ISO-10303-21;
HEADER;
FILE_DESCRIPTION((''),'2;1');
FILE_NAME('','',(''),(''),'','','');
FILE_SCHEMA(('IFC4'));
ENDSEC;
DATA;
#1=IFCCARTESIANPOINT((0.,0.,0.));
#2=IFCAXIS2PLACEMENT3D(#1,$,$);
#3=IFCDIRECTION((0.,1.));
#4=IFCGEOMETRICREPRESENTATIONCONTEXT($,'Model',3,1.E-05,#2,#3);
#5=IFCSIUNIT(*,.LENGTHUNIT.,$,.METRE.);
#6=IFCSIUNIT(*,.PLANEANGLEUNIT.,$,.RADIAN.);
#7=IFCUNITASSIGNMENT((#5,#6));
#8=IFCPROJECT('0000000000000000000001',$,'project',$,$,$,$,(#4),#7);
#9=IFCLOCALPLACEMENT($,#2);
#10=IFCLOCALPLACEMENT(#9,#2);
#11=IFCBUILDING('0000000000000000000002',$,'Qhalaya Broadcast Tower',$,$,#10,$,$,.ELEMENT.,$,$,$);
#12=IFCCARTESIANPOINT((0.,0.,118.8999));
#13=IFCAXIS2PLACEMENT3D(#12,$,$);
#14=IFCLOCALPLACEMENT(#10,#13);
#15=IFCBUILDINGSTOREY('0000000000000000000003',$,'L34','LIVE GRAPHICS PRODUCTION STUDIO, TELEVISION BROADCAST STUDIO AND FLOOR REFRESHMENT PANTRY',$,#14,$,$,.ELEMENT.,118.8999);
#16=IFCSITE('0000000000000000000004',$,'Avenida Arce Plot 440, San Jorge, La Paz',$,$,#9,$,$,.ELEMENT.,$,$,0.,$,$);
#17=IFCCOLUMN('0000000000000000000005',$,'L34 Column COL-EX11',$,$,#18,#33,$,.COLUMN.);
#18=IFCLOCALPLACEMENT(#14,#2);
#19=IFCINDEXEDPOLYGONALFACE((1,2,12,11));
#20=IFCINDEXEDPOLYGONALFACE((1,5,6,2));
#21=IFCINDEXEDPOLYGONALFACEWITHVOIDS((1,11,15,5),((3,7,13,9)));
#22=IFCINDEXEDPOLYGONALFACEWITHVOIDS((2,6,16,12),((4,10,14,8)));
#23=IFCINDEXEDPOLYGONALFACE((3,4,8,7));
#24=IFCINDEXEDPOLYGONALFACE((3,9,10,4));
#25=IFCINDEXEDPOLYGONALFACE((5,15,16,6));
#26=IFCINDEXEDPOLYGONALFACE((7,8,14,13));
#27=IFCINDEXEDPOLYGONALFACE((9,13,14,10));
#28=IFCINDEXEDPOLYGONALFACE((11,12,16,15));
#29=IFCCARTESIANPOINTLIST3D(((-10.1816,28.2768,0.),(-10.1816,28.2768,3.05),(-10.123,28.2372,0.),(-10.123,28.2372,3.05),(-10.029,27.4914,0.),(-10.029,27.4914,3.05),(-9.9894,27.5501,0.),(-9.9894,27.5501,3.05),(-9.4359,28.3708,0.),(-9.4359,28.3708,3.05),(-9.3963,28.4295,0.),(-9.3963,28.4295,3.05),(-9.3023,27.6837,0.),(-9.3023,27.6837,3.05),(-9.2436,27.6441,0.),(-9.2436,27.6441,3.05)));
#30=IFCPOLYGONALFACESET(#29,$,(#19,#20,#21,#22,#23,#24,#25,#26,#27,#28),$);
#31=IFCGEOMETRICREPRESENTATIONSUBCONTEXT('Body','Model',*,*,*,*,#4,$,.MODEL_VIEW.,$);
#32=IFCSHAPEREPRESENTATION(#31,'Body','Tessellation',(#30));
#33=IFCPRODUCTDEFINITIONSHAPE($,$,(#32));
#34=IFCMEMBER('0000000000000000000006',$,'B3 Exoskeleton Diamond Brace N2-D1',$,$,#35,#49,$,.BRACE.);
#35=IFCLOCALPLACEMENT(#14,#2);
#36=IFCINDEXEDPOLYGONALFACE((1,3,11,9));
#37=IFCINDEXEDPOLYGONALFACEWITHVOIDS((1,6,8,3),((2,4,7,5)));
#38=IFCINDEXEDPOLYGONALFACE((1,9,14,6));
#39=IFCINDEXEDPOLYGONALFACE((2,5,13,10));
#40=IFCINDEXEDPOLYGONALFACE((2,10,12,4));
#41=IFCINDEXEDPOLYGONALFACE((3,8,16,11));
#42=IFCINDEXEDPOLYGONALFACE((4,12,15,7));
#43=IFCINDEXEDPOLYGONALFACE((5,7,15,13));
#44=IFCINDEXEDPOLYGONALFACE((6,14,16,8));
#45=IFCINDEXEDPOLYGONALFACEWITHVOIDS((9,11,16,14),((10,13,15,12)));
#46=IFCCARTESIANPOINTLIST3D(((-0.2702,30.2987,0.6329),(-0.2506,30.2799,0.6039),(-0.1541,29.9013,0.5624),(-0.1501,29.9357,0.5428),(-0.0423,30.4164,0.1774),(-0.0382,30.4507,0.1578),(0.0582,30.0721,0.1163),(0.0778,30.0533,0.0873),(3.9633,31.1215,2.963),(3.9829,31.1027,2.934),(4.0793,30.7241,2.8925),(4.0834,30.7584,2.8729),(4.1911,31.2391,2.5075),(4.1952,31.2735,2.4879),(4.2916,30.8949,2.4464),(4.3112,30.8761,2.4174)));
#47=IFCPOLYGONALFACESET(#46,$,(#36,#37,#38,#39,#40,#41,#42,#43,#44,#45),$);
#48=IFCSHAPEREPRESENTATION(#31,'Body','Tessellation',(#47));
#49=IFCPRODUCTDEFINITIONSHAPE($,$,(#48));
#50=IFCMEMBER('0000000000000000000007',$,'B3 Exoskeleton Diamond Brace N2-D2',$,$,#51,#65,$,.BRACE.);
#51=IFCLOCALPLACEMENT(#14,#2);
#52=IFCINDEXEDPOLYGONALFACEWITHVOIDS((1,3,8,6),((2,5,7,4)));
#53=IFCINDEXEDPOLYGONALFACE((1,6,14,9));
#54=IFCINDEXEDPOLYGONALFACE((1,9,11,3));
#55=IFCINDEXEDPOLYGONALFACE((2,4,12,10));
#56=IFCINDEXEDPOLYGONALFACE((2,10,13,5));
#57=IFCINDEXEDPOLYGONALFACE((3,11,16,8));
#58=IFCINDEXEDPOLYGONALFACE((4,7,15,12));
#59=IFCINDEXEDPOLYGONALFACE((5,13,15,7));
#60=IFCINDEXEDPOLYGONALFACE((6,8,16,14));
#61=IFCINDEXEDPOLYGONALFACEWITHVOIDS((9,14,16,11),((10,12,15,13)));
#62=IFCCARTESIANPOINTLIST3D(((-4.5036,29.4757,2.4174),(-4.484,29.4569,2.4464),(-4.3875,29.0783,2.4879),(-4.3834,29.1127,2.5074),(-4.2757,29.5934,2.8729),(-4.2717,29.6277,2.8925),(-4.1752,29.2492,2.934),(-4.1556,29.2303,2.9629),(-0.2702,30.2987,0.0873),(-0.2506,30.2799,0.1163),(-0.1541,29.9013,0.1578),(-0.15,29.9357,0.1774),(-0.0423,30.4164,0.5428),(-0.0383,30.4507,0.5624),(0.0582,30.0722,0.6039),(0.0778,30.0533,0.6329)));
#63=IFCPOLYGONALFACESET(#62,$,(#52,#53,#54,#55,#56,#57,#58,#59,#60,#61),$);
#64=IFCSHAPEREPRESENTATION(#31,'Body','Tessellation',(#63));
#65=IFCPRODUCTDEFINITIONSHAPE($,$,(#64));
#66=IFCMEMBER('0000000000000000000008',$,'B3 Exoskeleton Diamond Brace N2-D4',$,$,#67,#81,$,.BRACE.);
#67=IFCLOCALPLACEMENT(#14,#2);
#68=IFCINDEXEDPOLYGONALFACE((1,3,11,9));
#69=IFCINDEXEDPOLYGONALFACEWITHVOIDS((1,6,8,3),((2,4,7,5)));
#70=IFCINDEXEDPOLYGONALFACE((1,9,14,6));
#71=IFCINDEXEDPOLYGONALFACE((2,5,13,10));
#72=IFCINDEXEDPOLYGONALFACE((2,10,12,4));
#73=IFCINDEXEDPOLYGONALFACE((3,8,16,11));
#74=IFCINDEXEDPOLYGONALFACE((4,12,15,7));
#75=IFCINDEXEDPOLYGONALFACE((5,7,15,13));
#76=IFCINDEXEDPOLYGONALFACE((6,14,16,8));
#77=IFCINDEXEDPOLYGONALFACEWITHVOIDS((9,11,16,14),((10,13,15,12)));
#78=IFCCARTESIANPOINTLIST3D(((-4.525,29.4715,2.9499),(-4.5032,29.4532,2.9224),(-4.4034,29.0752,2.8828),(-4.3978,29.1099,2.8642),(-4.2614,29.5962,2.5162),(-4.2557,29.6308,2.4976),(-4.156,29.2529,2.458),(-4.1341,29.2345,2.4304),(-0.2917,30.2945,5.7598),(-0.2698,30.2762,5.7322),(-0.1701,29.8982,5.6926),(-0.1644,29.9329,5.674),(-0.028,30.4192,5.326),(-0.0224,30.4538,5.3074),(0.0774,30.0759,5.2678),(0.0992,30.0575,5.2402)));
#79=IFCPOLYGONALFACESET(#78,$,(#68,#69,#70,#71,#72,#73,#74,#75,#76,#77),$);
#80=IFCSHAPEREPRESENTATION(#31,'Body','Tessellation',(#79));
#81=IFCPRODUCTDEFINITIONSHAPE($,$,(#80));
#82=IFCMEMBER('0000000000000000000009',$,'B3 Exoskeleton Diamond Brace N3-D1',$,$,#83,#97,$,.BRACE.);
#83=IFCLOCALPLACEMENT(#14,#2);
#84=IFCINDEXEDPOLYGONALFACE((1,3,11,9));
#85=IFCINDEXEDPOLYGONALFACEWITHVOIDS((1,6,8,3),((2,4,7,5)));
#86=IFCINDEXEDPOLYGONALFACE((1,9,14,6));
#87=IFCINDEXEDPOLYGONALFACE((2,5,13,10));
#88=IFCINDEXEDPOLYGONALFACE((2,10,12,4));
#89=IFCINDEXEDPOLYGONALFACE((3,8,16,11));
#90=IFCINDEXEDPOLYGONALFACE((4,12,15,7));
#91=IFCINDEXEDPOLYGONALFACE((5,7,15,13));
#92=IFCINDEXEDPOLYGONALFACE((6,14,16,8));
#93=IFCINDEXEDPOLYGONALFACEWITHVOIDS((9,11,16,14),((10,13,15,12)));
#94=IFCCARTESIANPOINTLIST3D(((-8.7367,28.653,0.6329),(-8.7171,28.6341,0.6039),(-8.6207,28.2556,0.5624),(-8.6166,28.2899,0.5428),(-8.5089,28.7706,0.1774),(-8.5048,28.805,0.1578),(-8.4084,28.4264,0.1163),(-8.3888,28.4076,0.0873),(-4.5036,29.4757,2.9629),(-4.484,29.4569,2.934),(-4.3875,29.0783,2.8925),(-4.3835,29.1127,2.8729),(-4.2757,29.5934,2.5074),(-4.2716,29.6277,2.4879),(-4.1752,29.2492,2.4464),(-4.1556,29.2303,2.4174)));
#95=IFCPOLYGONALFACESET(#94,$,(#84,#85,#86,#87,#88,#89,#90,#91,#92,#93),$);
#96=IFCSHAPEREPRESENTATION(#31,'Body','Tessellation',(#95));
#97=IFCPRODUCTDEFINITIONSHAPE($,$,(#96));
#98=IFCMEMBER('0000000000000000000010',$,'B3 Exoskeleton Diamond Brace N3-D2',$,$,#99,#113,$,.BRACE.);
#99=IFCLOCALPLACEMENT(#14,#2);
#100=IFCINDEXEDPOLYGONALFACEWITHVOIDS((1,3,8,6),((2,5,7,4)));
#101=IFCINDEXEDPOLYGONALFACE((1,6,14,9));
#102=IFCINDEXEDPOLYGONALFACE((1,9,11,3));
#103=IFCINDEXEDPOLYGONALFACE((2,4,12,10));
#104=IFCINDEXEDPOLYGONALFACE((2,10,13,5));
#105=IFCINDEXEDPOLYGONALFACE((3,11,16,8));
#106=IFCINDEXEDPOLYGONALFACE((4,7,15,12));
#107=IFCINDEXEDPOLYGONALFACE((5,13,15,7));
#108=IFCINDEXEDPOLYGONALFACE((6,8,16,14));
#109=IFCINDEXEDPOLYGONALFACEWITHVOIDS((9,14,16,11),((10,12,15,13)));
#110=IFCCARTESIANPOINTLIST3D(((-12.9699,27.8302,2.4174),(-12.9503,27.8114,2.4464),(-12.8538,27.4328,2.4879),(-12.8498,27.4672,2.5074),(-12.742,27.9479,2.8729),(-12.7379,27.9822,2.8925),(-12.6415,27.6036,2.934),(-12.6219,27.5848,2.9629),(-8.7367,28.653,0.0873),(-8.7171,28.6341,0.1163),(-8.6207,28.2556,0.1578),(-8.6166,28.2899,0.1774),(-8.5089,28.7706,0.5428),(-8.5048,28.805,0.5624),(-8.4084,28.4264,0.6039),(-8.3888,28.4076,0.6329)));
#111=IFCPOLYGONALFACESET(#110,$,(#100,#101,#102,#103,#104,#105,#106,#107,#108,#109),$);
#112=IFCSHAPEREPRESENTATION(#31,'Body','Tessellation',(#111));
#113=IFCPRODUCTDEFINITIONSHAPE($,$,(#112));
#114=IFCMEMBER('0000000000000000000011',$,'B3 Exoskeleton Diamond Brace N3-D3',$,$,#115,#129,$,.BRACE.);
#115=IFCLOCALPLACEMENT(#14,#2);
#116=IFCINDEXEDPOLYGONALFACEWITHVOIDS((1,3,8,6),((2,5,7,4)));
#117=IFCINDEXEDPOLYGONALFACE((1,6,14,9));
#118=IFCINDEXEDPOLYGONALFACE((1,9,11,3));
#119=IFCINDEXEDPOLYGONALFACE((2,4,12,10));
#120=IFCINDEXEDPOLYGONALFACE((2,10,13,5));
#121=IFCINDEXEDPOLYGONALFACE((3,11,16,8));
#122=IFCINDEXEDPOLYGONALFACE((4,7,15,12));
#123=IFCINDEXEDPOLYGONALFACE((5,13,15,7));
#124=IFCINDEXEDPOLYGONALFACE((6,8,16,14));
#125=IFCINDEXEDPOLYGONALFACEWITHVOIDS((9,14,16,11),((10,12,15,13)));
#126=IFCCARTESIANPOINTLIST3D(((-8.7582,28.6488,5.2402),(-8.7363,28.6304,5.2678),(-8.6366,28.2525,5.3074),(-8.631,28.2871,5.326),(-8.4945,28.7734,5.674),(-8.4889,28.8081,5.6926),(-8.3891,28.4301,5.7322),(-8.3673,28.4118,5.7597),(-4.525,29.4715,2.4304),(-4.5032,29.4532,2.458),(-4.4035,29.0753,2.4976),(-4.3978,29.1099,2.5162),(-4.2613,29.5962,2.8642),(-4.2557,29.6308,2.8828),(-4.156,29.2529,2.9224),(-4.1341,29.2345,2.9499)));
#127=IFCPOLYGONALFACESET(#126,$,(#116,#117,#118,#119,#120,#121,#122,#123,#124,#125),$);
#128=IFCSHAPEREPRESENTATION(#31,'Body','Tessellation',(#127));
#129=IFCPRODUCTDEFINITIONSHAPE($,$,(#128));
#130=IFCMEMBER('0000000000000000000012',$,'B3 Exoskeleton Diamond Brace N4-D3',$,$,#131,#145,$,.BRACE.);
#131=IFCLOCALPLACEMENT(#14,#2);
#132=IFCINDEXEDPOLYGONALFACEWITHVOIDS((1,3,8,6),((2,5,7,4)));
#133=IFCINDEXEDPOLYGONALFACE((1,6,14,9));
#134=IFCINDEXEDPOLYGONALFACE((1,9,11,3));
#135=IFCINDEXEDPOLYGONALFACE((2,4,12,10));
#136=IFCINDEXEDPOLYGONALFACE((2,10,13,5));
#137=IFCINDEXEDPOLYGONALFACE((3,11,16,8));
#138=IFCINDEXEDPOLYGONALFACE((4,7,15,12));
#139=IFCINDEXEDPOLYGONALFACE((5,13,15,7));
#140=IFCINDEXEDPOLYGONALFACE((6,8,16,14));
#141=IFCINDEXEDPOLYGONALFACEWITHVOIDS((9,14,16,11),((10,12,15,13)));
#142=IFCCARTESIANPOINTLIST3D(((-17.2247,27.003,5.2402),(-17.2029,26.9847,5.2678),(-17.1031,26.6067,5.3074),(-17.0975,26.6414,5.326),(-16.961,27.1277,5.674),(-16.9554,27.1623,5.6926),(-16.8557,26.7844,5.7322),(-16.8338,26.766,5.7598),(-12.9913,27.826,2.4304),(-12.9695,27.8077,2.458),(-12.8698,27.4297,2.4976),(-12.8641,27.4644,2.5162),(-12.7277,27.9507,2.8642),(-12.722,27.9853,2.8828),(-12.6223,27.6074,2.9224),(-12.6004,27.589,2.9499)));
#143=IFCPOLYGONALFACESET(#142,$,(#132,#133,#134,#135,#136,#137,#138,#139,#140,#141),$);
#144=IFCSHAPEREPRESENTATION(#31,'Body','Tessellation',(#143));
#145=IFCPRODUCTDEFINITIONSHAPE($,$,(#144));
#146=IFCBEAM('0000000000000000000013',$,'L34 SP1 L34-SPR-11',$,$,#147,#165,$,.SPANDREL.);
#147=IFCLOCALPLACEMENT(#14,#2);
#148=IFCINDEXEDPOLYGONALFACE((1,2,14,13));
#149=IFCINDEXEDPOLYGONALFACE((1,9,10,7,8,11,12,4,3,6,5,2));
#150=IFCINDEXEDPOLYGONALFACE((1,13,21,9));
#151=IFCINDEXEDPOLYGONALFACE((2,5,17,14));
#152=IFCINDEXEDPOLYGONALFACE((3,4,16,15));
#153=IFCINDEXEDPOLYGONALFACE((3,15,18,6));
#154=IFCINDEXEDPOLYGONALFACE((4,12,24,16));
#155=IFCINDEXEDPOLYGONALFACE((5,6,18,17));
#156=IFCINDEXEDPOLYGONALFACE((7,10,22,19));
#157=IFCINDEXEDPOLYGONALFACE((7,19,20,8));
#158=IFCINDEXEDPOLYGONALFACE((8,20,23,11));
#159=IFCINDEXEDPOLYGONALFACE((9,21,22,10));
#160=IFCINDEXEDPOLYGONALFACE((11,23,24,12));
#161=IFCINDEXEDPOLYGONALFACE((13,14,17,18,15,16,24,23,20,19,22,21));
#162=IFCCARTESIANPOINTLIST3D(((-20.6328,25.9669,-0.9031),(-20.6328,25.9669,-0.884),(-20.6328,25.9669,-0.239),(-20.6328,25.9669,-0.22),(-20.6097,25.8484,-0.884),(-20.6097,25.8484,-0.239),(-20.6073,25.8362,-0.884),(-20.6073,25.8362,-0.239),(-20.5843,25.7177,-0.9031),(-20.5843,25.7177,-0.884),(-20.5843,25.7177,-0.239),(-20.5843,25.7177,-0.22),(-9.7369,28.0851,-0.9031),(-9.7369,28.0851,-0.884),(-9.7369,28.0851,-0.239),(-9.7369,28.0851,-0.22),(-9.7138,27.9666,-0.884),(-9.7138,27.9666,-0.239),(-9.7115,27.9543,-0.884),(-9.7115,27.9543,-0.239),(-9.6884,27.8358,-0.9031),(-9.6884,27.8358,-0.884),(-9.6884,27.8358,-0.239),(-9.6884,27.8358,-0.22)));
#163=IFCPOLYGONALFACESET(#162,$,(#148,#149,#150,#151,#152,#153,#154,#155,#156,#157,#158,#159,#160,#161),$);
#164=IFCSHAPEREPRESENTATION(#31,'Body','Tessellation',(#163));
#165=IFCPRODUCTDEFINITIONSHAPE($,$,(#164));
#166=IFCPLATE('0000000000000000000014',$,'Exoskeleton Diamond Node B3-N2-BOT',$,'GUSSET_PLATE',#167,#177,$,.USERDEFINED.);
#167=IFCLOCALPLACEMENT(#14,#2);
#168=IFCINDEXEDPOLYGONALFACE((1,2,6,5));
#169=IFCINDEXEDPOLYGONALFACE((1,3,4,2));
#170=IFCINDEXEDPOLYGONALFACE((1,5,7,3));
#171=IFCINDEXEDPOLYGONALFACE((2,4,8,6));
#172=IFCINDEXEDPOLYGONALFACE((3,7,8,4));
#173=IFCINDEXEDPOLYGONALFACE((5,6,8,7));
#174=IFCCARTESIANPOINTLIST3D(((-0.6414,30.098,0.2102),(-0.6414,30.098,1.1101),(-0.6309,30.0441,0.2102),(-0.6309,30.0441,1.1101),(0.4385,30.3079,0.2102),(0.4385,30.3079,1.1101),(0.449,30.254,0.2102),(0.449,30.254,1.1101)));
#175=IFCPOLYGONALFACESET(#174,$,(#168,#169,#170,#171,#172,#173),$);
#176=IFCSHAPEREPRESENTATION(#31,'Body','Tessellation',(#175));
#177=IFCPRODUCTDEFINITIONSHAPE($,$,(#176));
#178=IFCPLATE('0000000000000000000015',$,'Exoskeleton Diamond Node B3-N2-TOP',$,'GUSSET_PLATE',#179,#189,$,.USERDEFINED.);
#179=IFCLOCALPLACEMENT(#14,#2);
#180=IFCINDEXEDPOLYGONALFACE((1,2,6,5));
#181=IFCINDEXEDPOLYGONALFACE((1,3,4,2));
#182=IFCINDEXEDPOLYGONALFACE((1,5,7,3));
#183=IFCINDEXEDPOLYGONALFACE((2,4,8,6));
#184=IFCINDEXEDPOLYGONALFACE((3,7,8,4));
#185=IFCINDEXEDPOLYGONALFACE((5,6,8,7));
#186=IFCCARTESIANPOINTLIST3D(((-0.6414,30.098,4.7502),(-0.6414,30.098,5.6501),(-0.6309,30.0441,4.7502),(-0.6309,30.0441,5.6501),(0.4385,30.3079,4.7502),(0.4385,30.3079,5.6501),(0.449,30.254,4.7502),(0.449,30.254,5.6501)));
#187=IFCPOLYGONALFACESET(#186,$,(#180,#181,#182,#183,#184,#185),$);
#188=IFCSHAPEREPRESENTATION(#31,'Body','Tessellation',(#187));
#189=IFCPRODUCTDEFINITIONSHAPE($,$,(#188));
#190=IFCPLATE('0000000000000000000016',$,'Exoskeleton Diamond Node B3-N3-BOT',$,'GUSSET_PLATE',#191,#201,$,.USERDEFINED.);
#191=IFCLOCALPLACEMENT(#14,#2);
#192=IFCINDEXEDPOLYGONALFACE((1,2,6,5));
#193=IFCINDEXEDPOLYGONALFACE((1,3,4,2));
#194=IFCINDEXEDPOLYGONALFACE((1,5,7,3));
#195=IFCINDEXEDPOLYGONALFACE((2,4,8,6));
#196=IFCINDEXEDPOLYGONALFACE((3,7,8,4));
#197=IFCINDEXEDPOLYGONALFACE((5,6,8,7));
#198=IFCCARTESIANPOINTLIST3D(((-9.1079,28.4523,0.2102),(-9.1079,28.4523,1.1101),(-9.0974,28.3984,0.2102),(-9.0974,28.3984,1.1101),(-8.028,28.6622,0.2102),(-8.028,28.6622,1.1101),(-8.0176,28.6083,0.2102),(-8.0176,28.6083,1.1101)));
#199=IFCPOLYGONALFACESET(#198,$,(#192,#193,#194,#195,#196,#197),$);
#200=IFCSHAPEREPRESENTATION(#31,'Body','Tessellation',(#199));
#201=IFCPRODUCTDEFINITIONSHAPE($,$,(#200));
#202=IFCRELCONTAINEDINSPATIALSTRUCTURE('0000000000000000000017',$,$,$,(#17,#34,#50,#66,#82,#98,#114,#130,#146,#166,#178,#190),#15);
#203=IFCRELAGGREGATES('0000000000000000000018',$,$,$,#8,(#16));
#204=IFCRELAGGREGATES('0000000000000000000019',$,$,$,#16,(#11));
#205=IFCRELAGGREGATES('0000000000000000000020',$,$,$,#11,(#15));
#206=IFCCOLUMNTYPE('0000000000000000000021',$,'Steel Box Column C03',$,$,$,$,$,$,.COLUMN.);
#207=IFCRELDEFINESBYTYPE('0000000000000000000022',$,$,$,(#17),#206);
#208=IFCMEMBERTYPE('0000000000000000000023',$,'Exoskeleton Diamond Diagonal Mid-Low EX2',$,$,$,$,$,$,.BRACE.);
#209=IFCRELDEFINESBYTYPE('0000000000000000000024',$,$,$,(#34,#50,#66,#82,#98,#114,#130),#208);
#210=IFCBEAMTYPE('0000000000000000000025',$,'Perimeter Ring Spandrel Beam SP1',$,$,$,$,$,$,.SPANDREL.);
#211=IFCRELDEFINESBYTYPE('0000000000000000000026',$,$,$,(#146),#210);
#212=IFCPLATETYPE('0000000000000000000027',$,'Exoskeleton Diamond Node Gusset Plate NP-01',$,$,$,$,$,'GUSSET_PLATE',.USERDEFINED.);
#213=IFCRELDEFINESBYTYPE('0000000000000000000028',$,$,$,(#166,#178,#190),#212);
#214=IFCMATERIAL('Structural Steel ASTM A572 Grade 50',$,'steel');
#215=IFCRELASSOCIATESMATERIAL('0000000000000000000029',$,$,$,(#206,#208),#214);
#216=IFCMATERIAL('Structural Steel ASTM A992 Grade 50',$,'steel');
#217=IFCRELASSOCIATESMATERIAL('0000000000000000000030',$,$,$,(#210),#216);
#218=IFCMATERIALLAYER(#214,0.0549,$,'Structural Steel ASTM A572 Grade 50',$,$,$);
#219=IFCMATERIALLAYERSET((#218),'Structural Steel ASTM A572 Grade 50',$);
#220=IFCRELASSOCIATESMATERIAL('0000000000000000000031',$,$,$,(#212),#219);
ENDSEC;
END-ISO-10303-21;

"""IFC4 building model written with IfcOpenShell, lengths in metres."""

from ifc_helpers import new_model, si_unit, direction, frame, origin, origin_2d, place, context, subcontext, project, spatial, rectangle, hollow_rectangle, i_section, extrude, material, layer, layer_set, material_profile, profile_set, type_object, element, save


model = new_model("IFC4")

# Units and contexts
model_context = context("Model", 3, precision=1e-05, world=origin(), true_north=direction((0.0, 1.0)))
body_context = subcontext(model_context, "Body", "Model", "MODEL_VIEW")
ifc_project = project(units=[si_unit("LENGTHUNIT", "METRE"), si_unit("PLANEANGLEUNIT", "RADIAN")], contexts=[model_context])

# Site, building, storey
site_placement = place(None, origin())
site = spatial("IfcSite", under=ifc_project, at=site_placement, Name="Avenida Arce Plot 440, San Jorge, La Paz", CompositionType="ELEMENT", RefElevation=0.0)
building_placement = place(site_placement, origin())
building = spatial("IfcBuilding", under=site, at=building_placement, Name="Qhalaya Broadcast Tower", CompositionType="ELEMENT")
storey_placement = place(building_placement, frame((0.0, 0.0, 118.8999)))
storey = spatial("IfcBuildingStorey", under=building, at=storey_placement, Name="L34", Description="LIVE GRAPHICS PRODUCTION STUDIO, TELEVISION BROADCAST STUDIO AND FLOOR REFRESHMENT PANTRY", CompositionType="ELEMENT", Elevation=118.8999)

# Column
ifc_material_1 = material(Name="Structural Steel ASTM A572 Grade 50", Category="steel")
ifc_material_profile_1 = material_profile(ifc_material_1, hollow_rectangle(XDim=0.8, YDim=0.8, WallThickness=0.05, at=origin_2d()), Name="BOX 800x800x50")
ifc_profile_set_1 = profile_set([ifc_material_profile_1], Name="Structural Steel ASTM A572 Grade 50")
column_type = type_object("IfcColumnType", Name="Steel Box Column C03", PredefinedType="COLUMN", material=ifc_profile_set_1)
column_placement = place(storey_placement, frame((-9.7126, 27.9604, 0.0), z_axis=(0.0, 0.0, 1.0), x_axis=(0.981627, 0.190809, 0.0)))
element("IfcColumn", 1, at=column_placement, inside=storey, type_object=column_type, Name="L34 Column COL-EX11", PredefinedType="COLUMN", context=body_context, shape_type="SweptSolid", body=[
    extrude(hollow_rectangle(XDim=0.8, YDim=0.8, WallThickness=0.05, at=origin_2d()), origin(), (0.0, 0.0, 1.0), 3.05),
])

# Members
ifc_material_profile_2 = material_profile(ifc_material_1, hollow_rectangle(XDim=0.4199, YDim=0.55, WallThickness=0.0281, at=origin_2d()), Name="BOX 420x550x28")
ifc_profile_set_2 = profile_set([ifc_material_profile_2], Name="Structural Steel ASTM A572 Grade 50")
member_type = type_object("IfcMemberType", Name="Exoskeleton Diamond Diagonal Mid-Low EX2", PredefinedType="BRACE", material=ifc_profile_set_2)
for number, where, z_axis, x_axis, name in (
    (2, (-0.0962, 30.176, 0.3601), (0.863638, 0.167847, 0.475349), (-0.276309, 0.946294, 0.167873), "B3 Exoskeleton Diamond Brace N2-D1"),
    (3, (-0.0962, 30.176, 0.3601), (-0.863631, -0.167895, 0.475346), (0.276361, -0.946279, 0.167874), "B3 Exoskeleton Diamond Brace N2-D2"),
):
    element("IfcMember", number, at=place(storey_placement, frame(where, z_axis=z_axis, x_axis=x_axis)), inside=storey, type_object=member_type, Name=name, PredefinedType="BRACE", context=body_context, shape_type="SweptSolid", body=[
        extrude(hollow_rectangle(XDim=0.4199, YDim=0.55, WallThickness=0.0281, at=origin_2d()), origin(), (0.0, 0.0, 1.0), 4.9019),
    ])
member_1_placement = place(storey_placement, frame((-4.3296, 29.353, 2.6902), z_axis=(0.82246, 0.159891, 0.545888), x_axis=(-0.289573, 0.94371, 0.159871)))
element("IfcMember", 4, at=member_1_placement, inside=storey, type_object=member_type, Name="B3 Exoskeleton Diamond Brace N2-D4", PredefinedType="BRACE", context=body_context, shape_type="SweptSolid", body=[
    extrude(hollow_rectangle(XDim=0.4199, YDim=0.55, WallThickness=0.0281, at=origin_2d()), origin(), (0.0, 0.0, 1.0), 5.1472),
])
for number, where, z_axis, x_axis, name in (
    (5, (-8.5627, 28.5303, 0.3601), (0.863625, 0.167854, 0.47537), (-0.276323, 0.94629, 0.167871), "B3 Exoskeleton Diamond Brace N3-D1"),
    (6, (-8.5627, 28.5303, 0.3601), (-0.863625, -0.167854, 0.47537), (0.276323, -0.94629, 0.167871), "B3 Exoskeleton Diamond Brace N3-D2"),
):
    element("IfcMember", number, at=place(storey_placement, frame(where, z_axis=z_axis, x_axis=x_axis)), inside=storey, type_object=member_type, Name=name, PredefinedType="BRACE", context=body_context, shape_type="SweptSolid", body=[
        extrude(hollow_rectangle(XDim=0.4199, YDim=0.55, WallThickness=0.0281, at=origin_2d()), origin(), (0.0, 0.0, 1.0), 4.9016),
    ])
member_2_placement = place(storey_placement, frame((-4.3296, 29.353, 2.6902), z_axis=(-0.822451, -0.159851, 0.545913), x_axis=(0.289536, -0.943722, 0.159868)))
element("IfcMember", 7, at=member_2_placement, inside=storey, type_object=member_type, Name="B3 Exoskeleton Diamond Brace N3-D3", PredefinedType="BRACE", context=body_context, shape_type="SweptSolid", body=[
    extrude(hollow_rectangle(XDim=0.4199, YDim=0.55, WallThickness=0.0281, at=origin_2d()), origin(), (0.0, 0.0, 1.0), 5.147),
])
member_3_placement = place(storey_placement, frame((-12.7959, 27.7075, 2.6902), z_axis=(-0.82246, -0.159891, 0.545888), x_axis=(0.289573, -0.94371, 0.159871)))
element("IfcMember", 8, at=member_3_placement, inside=storey, type_object=member_type, Name="B3 Exoskeleton Diamond Brace N4-D3", PredefinedType="BRACE", context=body_context, shape_type="SweptSolid", body=[
    extrude(hollow_rectangle(XDim=0.4199, YDim=0.55, WallThickness=0.0281, at=origin_2d()), origin(), (0.0, 0.0, 1.0), 5.1472),
])

# Beam
ifc_material_2 = material(Name="Structural Steel ASTM A992 Grade 50", Category="steel")
ifc_material_profile_3 = material_profile(ifc_material_2, i_section(OverallWidth=0.2539, OverallDepth=0.6831, WebThickness=0.0125, FlangeThickness=0.019, at=origin_2d()), Name="W27X94")
ifc_profile_set_3 = profile_set([ifc_material_profile_3], Name="Structural Steel ASTM A992 Grade 50")
beam_type = type_object("IfcBeamType", Name="Perimeter Ring Spandrel Beam SP1", PredefinedType="SPANDREL", material=ifc_profile_set_3)
beam_placement = place(storey_placement, frame((-9.7126, 27.9604, -0.5615), z_axis=(-0.981624, -0.190826, 0.0), x_axis=(0.190826, -0.981624, 0.0)))
element("IfcBeam", 9, at=beam_placement, inside=storey, type_object=beam_type, Name="L34 SP1 L34-SPR-11", PredefinedType="SPANDREL", context=body_context, shape_type="SweptSolid", body=[
    extrude(i_section(OverallWidth=0.2539, OverallDepth=0.6831, WebThickness=0.0125, FlangeThickness=0.019, at=origin_2d()), origin(), (0.0, 0.0, 1.0), 11.0999),
])

# Plates
ifc_layer_1 = layer(ifc_material_1, 0.0549, Name="Structural Steel ASTM A572 Grade 50")
ifc_layer_set_1 = layer_set([ifc_layer_1], Name="Structural Steel ASTM A572 Grade 50")
plate_type_1 = type_object("IfcPlateType", Name="Exoskeleton Diamond Node Gusset Plate NP-01", ElementType="GUSSET_PLATE", PredefinedType="USERDEFINED", material=ifc_layer_set_1)
for number, where, z_axis, x_axis, name in (
    (10, (-0.0962, 30.176, 0.2102), (0.0, 0.0, 1.0), (0.981627, 0.190809, 0.0), "Exoskeleton Diamond Node B3-N2-BOT"),
    (11, (-0.0962, 30.176, 4.7502), (0.0, 0.0, 1.0), (0.981627, 0.190809, 0.0), "Exoskeleton Diamond Node B3-N2-TOP"),
    (12, (-8.5627, 28.5303, 0.2102), (0.0, 0.0, 1.0), (0.981627, 0.190809, 0.0), "Exoskeleton Diamond Node B3-N3-BOT"),
):
    element("IfcPlate", number, at=place(storey_placement, frame(where, z_axis=z_axis, x_axis=x_axis)), inside=storey, type_object=plate_type_1, Name=name, ObjectType="GUSSET_PLATE", PredefinedType="USERDEFINED", context=body_context, shape_type="SweptSolid", body=[
        extrude(rectangle(XDim=1.1001, YDim=0.0549, at=origin_2d()), origin(), (0.0, 0.0, 1.0), 0.8999),
    ])

save(model, "model.ifc")
